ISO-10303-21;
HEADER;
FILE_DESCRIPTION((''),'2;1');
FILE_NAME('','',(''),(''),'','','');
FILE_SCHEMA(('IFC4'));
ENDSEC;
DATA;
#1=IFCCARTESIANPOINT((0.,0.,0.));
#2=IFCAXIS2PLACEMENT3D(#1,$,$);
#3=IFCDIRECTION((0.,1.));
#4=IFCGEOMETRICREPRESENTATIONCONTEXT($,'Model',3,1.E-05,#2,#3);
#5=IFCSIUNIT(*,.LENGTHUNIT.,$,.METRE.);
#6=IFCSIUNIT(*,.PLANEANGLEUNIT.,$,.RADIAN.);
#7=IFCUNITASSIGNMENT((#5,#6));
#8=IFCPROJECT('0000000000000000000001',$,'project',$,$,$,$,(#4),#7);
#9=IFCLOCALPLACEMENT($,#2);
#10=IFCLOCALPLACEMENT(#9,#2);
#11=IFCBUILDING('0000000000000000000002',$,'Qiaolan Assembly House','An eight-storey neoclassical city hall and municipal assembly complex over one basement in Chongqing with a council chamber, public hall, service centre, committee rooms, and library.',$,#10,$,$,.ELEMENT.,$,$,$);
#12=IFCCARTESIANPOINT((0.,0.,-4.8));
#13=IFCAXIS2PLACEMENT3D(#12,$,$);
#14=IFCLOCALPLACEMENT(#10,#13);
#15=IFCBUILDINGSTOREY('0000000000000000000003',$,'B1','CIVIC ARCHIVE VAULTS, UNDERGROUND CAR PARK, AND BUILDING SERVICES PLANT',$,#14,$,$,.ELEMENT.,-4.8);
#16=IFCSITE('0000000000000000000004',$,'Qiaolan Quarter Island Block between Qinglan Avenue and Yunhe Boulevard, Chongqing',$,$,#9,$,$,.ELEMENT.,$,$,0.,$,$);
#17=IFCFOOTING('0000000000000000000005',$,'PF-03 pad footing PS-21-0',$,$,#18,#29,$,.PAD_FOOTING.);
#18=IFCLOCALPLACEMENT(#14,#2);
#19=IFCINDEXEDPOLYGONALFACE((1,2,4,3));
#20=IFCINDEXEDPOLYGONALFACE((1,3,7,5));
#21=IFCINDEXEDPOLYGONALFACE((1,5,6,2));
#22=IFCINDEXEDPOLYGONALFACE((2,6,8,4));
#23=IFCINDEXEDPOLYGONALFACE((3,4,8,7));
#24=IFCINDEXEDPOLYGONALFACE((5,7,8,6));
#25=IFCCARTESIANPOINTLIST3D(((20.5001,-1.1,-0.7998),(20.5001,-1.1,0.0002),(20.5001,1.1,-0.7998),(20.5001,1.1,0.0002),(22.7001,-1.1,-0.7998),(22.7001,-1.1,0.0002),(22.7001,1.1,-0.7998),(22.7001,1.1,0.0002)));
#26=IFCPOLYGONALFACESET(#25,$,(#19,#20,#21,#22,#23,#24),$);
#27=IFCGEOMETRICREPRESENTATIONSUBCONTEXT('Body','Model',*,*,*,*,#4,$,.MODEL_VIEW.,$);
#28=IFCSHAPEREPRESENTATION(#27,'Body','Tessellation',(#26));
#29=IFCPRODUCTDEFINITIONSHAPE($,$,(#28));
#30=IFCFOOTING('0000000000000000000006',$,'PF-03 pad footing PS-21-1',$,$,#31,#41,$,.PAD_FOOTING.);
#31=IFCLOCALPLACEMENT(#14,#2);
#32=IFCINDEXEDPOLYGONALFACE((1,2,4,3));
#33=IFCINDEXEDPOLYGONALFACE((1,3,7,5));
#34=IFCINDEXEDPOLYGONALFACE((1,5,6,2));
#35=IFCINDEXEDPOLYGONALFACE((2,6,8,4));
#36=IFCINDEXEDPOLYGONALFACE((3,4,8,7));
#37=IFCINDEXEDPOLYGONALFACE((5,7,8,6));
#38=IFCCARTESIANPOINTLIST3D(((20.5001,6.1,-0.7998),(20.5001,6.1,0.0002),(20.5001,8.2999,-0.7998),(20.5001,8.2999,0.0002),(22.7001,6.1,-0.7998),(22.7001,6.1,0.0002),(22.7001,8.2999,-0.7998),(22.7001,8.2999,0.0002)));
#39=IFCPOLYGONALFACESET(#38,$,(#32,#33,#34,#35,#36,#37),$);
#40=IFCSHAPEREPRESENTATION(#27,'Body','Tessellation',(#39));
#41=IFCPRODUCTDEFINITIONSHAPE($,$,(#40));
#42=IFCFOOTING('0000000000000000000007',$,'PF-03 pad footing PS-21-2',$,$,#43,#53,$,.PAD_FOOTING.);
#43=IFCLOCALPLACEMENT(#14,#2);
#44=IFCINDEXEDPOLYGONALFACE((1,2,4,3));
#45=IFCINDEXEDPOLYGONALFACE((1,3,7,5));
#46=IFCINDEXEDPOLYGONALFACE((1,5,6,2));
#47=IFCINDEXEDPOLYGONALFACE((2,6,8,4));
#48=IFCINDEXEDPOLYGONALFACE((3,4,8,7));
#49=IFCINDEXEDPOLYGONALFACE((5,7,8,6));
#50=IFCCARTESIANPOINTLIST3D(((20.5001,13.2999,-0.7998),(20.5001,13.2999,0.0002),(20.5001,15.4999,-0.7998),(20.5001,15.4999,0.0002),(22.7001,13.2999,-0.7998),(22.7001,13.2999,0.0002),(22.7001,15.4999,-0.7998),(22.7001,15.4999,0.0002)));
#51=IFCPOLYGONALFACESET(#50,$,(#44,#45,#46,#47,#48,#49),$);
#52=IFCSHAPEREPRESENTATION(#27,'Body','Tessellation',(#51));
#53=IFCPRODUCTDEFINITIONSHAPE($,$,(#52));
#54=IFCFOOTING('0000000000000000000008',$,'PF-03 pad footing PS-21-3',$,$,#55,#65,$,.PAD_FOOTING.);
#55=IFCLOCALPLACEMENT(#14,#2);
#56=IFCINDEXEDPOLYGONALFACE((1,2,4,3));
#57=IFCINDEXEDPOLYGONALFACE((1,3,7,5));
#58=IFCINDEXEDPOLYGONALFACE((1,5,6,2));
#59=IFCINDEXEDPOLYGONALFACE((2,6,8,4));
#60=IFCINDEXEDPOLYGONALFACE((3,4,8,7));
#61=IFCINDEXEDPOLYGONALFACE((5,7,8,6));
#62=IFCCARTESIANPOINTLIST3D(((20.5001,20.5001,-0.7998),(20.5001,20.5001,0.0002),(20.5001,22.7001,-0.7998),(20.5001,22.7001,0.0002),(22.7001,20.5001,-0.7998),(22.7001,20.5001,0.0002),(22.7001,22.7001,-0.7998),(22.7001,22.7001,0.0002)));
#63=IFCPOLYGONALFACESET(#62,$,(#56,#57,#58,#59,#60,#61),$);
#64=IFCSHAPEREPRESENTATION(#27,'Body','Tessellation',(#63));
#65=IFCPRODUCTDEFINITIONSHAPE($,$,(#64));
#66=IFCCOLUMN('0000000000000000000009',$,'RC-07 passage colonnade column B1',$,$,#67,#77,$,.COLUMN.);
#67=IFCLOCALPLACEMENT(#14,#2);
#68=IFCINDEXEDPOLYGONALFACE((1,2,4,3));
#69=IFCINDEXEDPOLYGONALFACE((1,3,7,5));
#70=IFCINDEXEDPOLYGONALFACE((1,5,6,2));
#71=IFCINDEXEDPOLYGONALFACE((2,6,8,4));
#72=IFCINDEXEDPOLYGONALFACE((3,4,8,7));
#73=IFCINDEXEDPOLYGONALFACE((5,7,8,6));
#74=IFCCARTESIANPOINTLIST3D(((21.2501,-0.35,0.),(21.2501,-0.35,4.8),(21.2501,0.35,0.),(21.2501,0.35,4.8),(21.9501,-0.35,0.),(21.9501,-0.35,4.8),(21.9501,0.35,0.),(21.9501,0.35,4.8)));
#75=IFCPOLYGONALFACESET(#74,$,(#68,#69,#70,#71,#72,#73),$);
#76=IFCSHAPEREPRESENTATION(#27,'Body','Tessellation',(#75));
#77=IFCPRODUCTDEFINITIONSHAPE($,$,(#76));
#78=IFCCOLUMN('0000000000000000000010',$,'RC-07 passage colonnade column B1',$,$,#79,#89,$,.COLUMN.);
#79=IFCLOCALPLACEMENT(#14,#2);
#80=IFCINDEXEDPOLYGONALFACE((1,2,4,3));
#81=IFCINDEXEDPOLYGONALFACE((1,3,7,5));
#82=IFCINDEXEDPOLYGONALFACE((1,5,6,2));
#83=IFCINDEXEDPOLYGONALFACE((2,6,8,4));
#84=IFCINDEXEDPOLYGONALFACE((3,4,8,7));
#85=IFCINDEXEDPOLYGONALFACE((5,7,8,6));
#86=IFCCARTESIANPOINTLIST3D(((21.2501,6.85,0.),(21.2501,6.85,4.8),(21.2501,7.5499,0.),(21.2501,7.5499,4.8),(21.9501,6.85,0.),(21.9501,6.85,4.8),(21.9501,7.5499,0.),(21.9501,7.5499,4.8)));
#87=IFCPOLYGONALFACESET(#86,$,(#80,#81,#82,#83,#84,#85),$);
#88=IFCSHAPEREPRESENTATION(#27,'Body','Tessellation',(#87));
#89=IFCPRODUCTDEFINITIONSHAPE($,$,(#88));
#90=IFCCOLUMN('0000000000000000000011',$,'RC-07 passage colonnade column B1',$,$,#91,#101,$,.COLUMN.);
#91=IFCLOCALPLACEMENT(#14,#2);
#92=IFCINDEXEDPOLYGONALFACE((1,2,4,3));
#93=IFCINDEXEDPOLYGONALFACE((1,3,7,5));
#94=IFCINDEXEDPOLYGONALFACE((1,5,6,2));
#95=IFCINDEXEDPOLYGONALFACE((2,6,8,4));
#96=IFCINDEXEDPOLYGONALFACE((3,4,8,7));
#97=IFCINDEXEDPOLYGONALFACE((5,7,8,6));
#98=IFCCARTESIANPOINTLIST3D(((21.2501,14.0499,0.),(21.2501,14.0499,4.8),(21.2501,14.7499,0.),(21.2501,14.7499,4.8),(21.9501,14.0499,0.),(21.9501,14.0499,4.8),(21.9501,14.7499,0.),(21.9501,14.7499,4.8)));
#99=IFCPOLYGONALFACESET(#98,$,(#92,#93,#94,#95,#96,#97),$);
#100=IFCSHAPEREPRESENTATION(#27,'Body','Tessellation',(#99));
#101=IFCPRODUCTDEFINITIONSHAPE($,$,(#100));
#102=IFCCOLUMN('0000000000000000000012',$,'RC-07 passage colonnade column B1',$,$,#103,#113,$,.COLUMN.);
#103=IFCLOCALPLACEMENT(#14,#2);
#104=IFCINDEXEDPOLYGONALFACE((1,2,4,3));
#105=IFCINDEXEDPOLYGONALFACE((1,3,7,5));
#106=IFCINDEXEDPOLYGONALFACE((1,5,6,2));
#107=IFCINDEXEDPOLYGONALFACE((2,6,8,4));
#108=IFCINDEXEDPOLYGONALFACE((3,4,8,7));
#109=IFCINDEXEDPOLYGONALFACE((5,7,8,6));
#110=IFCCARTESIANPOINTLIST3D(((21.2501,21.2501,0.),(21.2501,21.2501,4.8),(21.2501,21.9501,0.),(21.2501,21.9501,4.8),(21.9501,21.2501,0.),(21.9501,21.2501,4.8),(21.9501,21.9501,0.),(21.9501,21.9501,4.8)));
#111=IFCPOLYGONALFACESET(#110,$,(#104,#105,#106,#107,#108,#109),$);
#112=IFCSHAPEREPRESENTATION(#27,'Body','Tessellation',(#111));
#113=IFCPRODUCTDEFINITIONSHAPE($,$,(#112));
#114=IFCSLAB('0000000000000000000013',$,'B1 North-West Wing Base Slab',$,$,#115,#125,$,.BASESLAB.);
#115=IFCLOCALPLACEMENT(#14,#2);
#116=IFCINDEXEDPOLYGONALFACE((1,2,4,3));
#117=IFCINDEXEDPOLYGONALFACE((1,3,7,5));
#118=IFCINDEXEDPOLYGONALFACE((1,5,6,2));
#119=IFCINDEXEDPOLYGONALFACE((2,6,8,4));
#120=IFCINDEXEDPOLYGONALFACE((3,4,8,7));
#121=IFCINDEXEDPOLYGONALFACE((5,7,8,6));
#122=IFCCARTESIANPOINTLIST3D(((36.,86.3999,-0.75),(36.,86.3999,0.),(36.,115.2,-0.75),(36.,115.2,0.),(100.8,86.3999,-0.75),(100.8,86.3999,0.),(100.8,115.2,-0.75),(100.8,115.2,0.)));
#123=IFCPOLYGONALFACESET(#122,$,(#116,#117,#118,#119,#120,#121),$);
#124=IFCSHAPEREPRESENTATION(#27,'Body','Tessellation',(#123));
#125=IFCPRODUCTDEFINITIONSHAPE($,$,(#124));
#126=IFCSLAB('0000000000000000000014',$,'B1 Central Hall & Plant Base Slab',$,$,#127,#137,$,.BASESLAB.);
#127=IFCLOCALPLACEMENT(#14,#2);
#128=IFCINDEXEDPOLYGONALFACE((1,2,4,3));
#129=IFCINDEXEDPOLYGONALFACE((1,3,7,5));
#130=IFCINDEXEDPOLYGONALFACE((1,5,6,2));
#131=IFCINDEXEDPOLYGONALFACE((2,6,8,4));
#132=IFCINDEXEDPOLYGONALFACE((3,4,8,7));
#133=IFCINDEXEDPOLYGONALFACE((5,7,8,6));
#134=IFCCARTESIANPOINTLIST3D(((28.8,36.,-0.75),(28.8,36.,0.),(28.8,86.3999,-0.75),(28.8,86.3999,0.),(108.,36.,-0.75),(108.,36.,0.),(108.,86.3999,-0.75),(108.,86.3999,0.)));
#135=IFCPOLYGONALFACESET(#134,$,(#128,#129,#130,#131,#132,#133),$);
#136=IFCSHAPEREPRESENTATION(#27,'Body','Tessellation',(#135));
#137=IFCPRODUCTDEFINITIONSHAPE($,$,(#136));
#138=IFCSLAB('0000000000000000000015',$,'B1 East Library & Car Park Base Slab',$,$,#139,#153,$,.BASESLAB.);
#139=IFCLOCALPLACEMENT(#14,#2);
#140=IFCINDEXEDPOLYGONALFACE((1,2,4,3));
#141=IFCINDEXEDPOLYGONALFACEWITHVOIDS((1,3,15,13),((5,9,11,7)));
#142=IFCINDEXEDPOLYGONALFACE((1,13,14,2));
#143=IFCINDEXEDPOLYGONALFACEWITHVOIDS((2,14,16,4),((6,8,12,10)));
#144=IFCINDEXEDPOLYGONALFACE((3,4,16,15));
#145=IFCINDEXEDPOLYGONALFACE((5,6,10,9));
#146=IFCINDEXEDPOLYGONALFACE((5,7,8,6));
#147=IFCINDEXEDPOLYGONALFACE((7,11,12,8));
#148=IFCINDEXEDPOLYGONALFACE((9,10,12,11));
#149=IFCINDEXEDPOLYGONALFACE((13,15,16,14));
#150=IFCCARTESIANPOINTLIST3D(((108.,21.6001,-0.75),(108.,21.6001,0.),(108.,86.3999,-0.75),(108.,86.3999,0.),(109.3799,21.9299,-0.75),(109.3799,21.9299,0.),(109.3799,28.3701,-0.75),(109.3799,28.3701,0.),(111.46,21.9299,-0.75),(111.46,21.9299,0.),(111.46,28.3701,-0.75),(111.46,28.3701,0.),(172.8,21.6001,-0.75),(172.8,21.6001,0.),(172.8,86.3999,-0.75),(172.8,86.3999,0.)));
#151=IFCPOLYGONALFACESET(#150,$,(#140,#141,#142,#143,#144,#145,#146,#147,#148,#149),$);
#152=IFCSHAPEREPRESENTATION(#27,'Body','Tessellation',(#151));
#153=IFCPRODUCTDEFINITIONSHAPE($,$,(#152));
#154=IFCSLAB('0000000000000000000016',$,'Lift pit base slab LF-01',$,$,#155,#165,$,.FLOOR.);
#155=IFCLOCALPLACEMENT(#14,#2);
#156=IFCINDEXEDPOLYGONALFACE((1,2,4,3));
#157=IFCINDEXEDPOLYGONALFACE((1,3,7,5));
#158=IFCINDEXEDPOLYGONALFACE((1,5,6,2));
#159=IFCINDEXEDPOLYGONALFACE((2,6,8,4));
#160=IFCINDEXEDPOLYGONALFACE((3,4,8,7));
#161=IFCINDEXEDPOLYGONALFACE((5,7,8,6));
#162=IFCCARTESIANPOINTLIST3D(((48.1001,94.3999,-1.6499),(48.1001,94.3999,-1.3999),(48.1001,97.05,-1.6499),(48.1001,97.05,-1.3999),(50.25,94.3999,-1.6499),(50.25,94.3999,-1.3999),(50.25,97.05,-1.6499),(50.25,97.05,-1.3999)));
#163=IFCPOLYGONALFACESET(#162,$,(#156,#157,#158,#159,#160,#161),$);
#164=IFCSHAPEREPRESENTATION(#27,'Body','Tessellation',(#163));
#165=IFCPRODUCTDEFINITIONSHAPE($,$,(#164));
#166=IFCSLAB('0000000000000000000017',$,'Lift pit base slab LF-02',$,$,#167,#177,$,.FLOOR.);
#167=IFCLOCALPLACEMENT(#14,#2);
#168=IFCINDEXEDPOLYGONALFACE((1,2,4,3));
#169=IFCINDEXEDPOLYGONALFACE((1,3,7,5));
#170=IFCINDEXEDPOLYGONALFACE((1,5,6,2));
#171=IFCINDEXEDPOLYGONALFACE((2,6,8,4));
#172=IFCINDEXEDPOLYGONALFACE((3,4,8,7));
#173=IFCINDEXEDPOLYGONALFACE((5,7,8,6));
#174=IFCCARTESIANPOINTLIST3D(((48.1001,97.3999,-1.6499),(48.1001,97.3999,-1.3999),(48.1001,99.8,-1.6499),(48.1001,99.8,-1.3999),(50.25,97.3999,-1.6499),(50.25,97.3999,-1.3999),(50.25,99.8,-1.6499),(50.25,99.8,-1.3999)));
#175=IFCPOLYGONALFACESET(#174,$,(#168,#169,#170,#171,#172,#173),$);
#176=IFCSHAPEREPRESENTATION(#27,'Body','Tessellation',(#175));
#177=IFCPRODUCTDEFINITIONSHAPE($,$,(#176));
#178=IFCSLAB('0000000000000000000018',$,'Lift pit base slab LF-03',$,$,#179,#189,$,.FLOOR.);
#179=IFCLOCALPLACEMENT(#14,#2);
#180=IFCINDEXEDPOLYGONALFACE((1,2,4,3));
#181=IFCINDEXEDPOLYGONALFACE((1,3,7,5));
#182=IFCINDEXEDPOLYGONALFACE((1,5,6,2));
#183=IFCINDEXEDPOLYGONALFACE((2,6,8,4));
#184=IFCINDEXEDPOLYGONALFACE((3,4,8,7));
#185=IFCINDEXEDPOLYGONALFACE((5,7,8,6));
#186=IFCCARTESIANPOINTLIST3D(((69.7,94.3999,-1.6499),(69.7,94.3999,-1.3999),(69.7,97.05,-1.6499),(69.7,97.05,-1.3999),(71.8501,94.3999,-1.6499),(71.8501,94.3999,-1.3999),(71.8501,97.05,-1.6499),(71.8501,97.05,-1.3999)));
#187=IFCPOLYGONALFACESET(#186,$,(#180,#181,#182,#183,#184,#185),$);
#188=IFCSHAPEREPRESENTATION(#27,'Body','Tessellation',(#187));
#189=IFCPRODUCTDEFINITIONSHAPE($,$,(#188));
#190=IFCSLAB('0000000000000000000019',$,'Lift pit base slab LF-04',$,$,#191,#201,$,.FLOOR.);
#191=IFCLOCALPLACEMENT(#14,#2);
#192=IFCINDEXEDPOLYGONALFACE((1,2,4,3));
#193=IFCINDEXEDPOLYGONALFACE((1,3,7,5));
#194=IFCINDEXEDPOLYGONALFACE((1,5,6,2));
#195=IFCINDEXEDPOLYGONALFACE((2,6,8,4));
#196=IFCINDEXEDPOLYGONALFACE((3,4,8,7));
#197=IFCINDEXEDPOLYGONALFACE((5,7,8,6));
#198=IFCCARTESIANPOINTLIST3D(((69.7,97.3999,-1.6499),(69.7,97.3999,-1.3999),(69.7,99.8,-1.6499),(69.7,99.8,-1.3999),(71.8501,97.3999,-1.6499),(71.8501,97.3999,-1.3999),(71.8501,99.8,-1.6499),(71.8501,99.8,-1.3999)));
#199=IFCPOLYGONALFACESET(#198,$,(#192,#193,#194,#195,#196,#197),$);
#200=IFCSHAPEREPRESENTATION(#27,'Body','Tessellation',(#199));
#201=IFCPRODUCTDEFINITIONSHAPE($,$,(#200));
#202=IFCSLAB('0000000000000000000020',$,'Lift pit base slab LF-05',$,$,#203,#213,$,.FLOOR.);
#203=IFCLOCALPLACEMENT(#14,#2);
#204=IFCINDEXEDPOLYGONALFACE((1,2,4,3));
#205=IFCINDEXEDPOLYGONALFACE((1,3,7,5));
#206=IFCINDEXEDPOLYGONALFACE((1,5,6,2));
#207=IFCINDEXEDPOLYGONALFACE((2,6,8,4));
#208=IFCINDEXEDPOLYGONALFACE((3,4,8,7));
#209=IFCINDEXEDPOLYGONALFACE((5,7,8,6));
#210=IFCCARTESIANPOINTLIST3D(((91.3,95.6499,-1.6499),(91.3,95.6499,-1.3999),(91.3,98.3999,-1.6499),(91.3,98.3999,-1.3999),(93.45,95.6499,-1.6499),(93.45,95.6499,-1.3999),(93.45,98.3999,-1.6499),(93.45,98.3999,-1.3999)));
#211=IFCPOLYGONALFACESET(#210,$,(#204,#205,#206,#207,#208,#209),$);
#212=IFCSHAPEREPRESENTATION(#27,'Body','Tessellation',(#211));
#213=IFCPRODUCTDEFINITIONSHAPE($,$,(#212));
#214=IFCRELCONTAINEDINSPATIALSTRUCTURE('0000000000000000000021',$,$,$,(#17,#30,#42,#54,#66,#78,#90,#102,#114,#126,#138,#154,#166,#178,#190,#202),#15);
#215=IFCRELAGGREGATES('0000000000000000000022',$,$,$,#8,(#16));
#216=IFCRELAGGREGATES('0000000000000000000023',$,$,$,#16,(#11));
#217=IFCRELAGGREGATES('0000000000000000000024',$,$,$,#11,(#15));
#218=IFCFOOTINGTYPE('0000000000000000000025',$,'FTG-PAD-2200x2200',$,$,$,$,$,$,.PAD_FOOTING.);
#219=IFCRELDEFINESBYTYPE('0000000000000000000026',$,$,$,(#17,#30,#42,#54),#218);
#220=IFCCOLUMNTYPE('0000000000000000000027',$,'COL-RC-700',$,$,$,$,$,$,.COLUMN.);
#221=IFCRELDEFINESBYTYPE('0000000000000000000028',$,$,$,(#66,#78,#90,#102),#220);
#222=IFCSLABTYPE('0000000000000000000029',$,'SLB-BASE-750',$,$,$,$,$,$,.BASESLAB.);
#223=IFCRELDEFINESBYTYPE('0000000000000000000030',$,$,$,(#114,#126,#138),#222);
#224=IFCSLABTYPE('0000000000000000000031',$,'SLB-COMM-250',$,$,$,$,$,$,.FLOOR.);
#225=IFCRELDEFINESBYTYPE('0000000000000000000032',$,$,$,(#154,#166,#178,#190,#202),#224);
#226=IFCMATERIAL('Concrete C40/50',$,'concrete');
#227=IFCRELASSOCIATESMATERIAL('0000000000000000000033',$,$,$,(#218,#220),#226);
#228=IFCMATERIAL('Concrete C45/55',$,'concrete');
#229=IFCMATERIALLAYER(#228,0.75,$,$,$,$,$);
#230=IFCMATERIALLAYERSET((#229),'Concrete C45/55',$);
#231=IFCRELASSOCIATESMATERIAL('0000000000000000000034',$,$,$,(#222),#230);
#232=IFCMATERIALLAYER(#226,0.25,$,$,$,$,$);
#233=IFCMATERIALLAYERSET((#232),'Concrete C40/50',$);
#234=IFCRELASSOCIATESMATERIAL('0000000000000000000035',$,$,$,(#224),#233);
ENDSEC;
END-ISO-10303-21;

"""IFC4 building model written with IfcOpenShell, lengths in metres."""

from ifc_helpers import new_model, si_unit, direction, frame, origin, origin_2d, place, context, subcontext, project, spatial, polyline, rectangle, outline, extrude, material, layer, layer_set, material_profile, profile_set, type_object, element, save


model = new_model("IFC4")

# Units and contexts
model_context = context("Model", 3, precision=1e-05, world=origin(), true_north=direction((0.0, 1.0)))
body_context = subcontext(model_context, "Body", "Model", "MODEL_VIEW")
ifc_project = project(units=[si_unit("LENGTHUNIT", "METRE"), si_unit("PLANEANGLEUNIT", "RADIAN")], contexts=[model_context])

# Site, building, storey
site_placement = place(None, origin())
site = spatial("IfcSite", under=ifc_project, at=site_placement, Name="Qiaolan Quarter Island Block between Qinglan Avenue and Yunhe Boulevard, Chongqing", CompositionType="ELEMENT", RefElevation=0.0)
building_placement = place(site_placement, origin())
building = spatial("IfcBuilding", under=site, at=building_placement, Name="Qiaolan Assembly House", Description="An eight-storey neoclassical city hall and municipal assembly complex over one basement in Chongqing with a council chamber, public hall, service centre, committee rooms, and library.", CompositionType="ELEMENT")
storey_placement = place(building_placement, frame((0.0, 0.0, -4.8)))
storey = spatial("IfcBuildingStorey", under=building, at=storey_placement, Name="B1", Description="CIVIC ARCHIVE VAULTS, UNDERGROUND CAR PARK, AND BUILDING SERVICES PLANT", CompositionType="ELEMENT", Elevation=-4.8)

# Footings
ifc_material_1 = material(Name="Concrete C40/50", Category="concrete")
footing_type = type_object("IfcFootingType", Name="FTG-PAD-2200x2200", PredefinedType="PAD_FOOTING", material=ifc_material_1)
for number, where, z_axis, x_axis, name in (
    (1, (21.6001, 0.0, -0.7998), (0.0, 0.0, 1.0), (1.0, 0.0, 0.0), "PF-03 pad footing PS-21-0"),
    (2, (21.6001, 7.2, -0.7998), (0.0, 0.0, 1.0), (1.0, 0.0, 0.0), "PF-03 pad footing PS-21-1"),
    (3, (21.6001, 14.3999, -0.7998), (0.0, 0.0, 1.0), (1.0, 0.0, 0.0), "PF-03 pad footing PS-21-2"),
    (4, (21.6001, 21.6001, -0.7998), (0.0, 0.0, 1.0), (1.0, 0.0, 0.0), "PF-03 pad footing PS-21-3"),
):
    element("IfcFooting", number, at=place(storey_placement, frame(where, z_axis=z_axis, x_axis=x_axis)), inside=storey, type_object=footing_type, Name=name, PredefinedType="PAD_FOOTING", context=body_context, shape_type="SweptSolid", body=[
        extrude(rectangle(XDim=2.2, YDim=2.2, at=origin_2d()), origin(), (0.0, 0.0, 1.0), 0.8),
    ])

# Columns
ifc_material_profile = material_profile(ifc_material_1, rectangle(XDim=0.7, YDim=0.7, at=origin_2d()), Name="RC 700x700")
ifc_profile_set = profile_set([ifc_material_profile], Name="Concrete C40/50")
column_type = type_object("IfcColumnType", Name="COL-RC-700", PredefinedType="COLUMN", material=ifc_profile_set)
for number, where, z_axis, x_axis, name in (
    (5, (21.6001, 0.0, 0.0), (0.0, 0.0, 1.0), (1.0, 0.0, 0.0), "RC-07 passage colonnade column B1"),
    (6, (21.6001, 7.2, 0.0), (0.0, 0.0, 1.0), (1.0, 0.0, 0.0), "RC-07 passage colonnade column B1"),
    (7, (21.6001, 14.3999, 0.0), (0.0, 0.0, 1.0), (1.0, 0.0, 0.0), "RC-07 passage colonnade column B1"),
    (8, (21.6001, 21.6001, 0.0), (0.0, 0.0, 1.0), (1.0, 0.0, 0.0), "RC-07 passage colonnade column B1"),
):
    element("IfcColumn", number, at=place(storey_placement, frame(where, z_axis=z_axis, x_axis=x_axis)), inside=storey, type_object=column_type, Name=name, PredefinedType="COLUMN", context=body_context, shape_type="SweptSolid", body=[
        extrude(rectangle(XDim=0.7, YDim=0.7, at=origin_2d()), origin(), (0.0, 0.0, 1.0), 4.8),
    ])

# Slabs
ifc_material_2 = material(Name="Concrete C45/55", Category="concrete")
ifc_layer_1 = layer(ifc_material_2, 0.75)
ifc_layer_set_1 = layer_set([ifc_layer_1], Name="Concrete C45/55")
slab_type_1 = type_object("IfcSlabType", Name="SLB-BASE-750", PredefinedType="BASESLAB", material=ifc_layer_set_1)
slab_1_placement = place(storey_placement, frame((0.0, 0.0, -0.75)))
element("IfcSlab", 9, at=slab_1_placement, inside=storey, type_object=slab_type_1, Name="B1 North-West Wing Base Slab", PredefinedType="BASESLAB", context=body_context, shape_type="SweptSolid", body=[
    extrude(outline(polyline([(36.0, 86.3999), (100.8, 86.3999), (100.8, 115.2), (36.0, 115.2), (36.0, 86.3999)])), origin(), (0.0, 0.0, 1.0), 0.75),
])
slab_2_placement = place(storey_placement, frame((0.0, 0.0, -0.75)))
element("IfcSlab", 10, at=slab_2_placement, inside=storey, type_object=slab_type_1, Name="B1 Central Hall & Plant Base Slab", PredefinedType="BASESLAB", context=body_context, shape_type="SweptSolid", body=[
    extrude(outline(polyline([(28.8, 36.0), (108.0, 36.0), (108.0, 86.3999), (28.8, 86.3999), (28.8, 36.0)])), origin(), (0.0, 0.0, 1.0), 0.75),
])
slab_3_placement = place(storey_placement, frame((0.0, 0.0, -0.75)))
element("IfcSlab", 11, at=slab_3_placement, inside=storey, type_object=slab_type_1, Name="B1 East Library & Car Park Base Slab", PredefinedType="BASESLAB", context=body_context, shape_type="SweptSolid", body=[
    extrude(outline(polyline([(108.0, 21.6001), (172.8, 21.6001), (172.8, 86.3999), (108.0, 86.3999), (108.0, 21.6001)]), holes=[polyline([(109.3799, 21.9299), (109.3799, 28.3701), (111.46, 28.3701), (111.46, 21.9299), (109.3799, 21.9299)])]), origin(), (0.0, 0.0, 1.0), 0.75),
])
ifc_layer_2 = layer(ifc_material_1, 0.25)
ifc_layer_set_2 = layer_set([ifc_layer_2], Name="Concrete C40/50")
slab_type_2 = type_object("IfcSlabType", Name="SLB-COMM-250", PredefinedType="FLOOR", material=ifc_layer_set_2)
slab_4_placement = place(storey_placement, frame((0.0, 0.0, -1.6499)))
element("IfcSlab", 12, at=slab_4_placement, inside=storey, type_object=slab_type_2, Name="Lift pit base slab LF-01", PredefinedType="FLOOR", context=body_context, shape_type="SweptSolid", body=[
    extrude(outline(polyline([(48.1001, 94.3999), (48.1001, 97.05), (50.25, 97.05), (50.25, 94.3999), (48.1001, 94.3999)])), origin(), (0.0, 0.0, 1.0), 0.25),
])
slab_5_placement = place(storey_placement, frame((0.0, 0.0, -1.6499)))
element("IfcSlab", 13, at=slab_5_placement, inside=storey, type_object=slab_type_2, Name="Lift pit base slab LF-02", PredefinedType="FLOOR", context=body_context, shape_type="SweptSolid", body=[
    extrude(outline(polyline([(48.1001, 97.3999), (48.1001, 99.8), (50.25, 99.8), (50.25, 97.3999), (48.1001, 97.3999)])), origin(), (0.0, 0.0, 1.0), 0.25),
])
slab_6_placement = place(storey_placement, frame((0.0, 0.0, -1.6499)))
element("IfcSlab", 14, at=slab_6_placement, inside=storey, type_object=slab_type_2, Name="Lift pit base slab LF-03", PredefinedType="FLOOR", context=body_context, shape_type="SweptSolid", body=[
    extrude(outline(polyline([(69.7, 94.3999), (69.7, 97.05), (71.8501, 97.05), (71.8501, 94.3999), (69.7, 94.3999)])), origin(), (0.0, 0.0, 1.0), 0.25),
])
slab_7_placement = place(storey_placement, frame((0.0, 0.0, -1.6499)))
element("IfcSlab", 15, at=slab_7_placement, inside=storey, type_object=slab_type_2, Name="Lift pit base slab LF-04", PredefinedType="FLOOR", context=body_context, shape_type="SweptSolid", body=[
    extrude(outline(polyline([(69.7, 97.3999), (69.7, 99.8), (71.8501, 99.8), (71.8501, 97.3999), (69.7, 97.3999)])), origin(), (0.0, 0.0, 1.0), 0.25),
])
slab_8_placement = place(storey_placement, frame((0.0, 0.0, -1.6499)))
element("IfcSlab", 16, at=slab_8_placement, inside=storey, type_object=slab_type_2, Name="Lift pit base slab LF-05", PredefinedType="FLOOR", context=body_context, shape_type="SweptSolid", body=[
    extrude(outline(polyline([(91.3, 95.6499), (91.3, 98.3999), (93.45, 98.3999), (93.45, 95.6499), (91.3, 95.6499)])), origin(), (0.0, 0.0, 1.0), 0.25),
])

save(model, "model.ifc")
